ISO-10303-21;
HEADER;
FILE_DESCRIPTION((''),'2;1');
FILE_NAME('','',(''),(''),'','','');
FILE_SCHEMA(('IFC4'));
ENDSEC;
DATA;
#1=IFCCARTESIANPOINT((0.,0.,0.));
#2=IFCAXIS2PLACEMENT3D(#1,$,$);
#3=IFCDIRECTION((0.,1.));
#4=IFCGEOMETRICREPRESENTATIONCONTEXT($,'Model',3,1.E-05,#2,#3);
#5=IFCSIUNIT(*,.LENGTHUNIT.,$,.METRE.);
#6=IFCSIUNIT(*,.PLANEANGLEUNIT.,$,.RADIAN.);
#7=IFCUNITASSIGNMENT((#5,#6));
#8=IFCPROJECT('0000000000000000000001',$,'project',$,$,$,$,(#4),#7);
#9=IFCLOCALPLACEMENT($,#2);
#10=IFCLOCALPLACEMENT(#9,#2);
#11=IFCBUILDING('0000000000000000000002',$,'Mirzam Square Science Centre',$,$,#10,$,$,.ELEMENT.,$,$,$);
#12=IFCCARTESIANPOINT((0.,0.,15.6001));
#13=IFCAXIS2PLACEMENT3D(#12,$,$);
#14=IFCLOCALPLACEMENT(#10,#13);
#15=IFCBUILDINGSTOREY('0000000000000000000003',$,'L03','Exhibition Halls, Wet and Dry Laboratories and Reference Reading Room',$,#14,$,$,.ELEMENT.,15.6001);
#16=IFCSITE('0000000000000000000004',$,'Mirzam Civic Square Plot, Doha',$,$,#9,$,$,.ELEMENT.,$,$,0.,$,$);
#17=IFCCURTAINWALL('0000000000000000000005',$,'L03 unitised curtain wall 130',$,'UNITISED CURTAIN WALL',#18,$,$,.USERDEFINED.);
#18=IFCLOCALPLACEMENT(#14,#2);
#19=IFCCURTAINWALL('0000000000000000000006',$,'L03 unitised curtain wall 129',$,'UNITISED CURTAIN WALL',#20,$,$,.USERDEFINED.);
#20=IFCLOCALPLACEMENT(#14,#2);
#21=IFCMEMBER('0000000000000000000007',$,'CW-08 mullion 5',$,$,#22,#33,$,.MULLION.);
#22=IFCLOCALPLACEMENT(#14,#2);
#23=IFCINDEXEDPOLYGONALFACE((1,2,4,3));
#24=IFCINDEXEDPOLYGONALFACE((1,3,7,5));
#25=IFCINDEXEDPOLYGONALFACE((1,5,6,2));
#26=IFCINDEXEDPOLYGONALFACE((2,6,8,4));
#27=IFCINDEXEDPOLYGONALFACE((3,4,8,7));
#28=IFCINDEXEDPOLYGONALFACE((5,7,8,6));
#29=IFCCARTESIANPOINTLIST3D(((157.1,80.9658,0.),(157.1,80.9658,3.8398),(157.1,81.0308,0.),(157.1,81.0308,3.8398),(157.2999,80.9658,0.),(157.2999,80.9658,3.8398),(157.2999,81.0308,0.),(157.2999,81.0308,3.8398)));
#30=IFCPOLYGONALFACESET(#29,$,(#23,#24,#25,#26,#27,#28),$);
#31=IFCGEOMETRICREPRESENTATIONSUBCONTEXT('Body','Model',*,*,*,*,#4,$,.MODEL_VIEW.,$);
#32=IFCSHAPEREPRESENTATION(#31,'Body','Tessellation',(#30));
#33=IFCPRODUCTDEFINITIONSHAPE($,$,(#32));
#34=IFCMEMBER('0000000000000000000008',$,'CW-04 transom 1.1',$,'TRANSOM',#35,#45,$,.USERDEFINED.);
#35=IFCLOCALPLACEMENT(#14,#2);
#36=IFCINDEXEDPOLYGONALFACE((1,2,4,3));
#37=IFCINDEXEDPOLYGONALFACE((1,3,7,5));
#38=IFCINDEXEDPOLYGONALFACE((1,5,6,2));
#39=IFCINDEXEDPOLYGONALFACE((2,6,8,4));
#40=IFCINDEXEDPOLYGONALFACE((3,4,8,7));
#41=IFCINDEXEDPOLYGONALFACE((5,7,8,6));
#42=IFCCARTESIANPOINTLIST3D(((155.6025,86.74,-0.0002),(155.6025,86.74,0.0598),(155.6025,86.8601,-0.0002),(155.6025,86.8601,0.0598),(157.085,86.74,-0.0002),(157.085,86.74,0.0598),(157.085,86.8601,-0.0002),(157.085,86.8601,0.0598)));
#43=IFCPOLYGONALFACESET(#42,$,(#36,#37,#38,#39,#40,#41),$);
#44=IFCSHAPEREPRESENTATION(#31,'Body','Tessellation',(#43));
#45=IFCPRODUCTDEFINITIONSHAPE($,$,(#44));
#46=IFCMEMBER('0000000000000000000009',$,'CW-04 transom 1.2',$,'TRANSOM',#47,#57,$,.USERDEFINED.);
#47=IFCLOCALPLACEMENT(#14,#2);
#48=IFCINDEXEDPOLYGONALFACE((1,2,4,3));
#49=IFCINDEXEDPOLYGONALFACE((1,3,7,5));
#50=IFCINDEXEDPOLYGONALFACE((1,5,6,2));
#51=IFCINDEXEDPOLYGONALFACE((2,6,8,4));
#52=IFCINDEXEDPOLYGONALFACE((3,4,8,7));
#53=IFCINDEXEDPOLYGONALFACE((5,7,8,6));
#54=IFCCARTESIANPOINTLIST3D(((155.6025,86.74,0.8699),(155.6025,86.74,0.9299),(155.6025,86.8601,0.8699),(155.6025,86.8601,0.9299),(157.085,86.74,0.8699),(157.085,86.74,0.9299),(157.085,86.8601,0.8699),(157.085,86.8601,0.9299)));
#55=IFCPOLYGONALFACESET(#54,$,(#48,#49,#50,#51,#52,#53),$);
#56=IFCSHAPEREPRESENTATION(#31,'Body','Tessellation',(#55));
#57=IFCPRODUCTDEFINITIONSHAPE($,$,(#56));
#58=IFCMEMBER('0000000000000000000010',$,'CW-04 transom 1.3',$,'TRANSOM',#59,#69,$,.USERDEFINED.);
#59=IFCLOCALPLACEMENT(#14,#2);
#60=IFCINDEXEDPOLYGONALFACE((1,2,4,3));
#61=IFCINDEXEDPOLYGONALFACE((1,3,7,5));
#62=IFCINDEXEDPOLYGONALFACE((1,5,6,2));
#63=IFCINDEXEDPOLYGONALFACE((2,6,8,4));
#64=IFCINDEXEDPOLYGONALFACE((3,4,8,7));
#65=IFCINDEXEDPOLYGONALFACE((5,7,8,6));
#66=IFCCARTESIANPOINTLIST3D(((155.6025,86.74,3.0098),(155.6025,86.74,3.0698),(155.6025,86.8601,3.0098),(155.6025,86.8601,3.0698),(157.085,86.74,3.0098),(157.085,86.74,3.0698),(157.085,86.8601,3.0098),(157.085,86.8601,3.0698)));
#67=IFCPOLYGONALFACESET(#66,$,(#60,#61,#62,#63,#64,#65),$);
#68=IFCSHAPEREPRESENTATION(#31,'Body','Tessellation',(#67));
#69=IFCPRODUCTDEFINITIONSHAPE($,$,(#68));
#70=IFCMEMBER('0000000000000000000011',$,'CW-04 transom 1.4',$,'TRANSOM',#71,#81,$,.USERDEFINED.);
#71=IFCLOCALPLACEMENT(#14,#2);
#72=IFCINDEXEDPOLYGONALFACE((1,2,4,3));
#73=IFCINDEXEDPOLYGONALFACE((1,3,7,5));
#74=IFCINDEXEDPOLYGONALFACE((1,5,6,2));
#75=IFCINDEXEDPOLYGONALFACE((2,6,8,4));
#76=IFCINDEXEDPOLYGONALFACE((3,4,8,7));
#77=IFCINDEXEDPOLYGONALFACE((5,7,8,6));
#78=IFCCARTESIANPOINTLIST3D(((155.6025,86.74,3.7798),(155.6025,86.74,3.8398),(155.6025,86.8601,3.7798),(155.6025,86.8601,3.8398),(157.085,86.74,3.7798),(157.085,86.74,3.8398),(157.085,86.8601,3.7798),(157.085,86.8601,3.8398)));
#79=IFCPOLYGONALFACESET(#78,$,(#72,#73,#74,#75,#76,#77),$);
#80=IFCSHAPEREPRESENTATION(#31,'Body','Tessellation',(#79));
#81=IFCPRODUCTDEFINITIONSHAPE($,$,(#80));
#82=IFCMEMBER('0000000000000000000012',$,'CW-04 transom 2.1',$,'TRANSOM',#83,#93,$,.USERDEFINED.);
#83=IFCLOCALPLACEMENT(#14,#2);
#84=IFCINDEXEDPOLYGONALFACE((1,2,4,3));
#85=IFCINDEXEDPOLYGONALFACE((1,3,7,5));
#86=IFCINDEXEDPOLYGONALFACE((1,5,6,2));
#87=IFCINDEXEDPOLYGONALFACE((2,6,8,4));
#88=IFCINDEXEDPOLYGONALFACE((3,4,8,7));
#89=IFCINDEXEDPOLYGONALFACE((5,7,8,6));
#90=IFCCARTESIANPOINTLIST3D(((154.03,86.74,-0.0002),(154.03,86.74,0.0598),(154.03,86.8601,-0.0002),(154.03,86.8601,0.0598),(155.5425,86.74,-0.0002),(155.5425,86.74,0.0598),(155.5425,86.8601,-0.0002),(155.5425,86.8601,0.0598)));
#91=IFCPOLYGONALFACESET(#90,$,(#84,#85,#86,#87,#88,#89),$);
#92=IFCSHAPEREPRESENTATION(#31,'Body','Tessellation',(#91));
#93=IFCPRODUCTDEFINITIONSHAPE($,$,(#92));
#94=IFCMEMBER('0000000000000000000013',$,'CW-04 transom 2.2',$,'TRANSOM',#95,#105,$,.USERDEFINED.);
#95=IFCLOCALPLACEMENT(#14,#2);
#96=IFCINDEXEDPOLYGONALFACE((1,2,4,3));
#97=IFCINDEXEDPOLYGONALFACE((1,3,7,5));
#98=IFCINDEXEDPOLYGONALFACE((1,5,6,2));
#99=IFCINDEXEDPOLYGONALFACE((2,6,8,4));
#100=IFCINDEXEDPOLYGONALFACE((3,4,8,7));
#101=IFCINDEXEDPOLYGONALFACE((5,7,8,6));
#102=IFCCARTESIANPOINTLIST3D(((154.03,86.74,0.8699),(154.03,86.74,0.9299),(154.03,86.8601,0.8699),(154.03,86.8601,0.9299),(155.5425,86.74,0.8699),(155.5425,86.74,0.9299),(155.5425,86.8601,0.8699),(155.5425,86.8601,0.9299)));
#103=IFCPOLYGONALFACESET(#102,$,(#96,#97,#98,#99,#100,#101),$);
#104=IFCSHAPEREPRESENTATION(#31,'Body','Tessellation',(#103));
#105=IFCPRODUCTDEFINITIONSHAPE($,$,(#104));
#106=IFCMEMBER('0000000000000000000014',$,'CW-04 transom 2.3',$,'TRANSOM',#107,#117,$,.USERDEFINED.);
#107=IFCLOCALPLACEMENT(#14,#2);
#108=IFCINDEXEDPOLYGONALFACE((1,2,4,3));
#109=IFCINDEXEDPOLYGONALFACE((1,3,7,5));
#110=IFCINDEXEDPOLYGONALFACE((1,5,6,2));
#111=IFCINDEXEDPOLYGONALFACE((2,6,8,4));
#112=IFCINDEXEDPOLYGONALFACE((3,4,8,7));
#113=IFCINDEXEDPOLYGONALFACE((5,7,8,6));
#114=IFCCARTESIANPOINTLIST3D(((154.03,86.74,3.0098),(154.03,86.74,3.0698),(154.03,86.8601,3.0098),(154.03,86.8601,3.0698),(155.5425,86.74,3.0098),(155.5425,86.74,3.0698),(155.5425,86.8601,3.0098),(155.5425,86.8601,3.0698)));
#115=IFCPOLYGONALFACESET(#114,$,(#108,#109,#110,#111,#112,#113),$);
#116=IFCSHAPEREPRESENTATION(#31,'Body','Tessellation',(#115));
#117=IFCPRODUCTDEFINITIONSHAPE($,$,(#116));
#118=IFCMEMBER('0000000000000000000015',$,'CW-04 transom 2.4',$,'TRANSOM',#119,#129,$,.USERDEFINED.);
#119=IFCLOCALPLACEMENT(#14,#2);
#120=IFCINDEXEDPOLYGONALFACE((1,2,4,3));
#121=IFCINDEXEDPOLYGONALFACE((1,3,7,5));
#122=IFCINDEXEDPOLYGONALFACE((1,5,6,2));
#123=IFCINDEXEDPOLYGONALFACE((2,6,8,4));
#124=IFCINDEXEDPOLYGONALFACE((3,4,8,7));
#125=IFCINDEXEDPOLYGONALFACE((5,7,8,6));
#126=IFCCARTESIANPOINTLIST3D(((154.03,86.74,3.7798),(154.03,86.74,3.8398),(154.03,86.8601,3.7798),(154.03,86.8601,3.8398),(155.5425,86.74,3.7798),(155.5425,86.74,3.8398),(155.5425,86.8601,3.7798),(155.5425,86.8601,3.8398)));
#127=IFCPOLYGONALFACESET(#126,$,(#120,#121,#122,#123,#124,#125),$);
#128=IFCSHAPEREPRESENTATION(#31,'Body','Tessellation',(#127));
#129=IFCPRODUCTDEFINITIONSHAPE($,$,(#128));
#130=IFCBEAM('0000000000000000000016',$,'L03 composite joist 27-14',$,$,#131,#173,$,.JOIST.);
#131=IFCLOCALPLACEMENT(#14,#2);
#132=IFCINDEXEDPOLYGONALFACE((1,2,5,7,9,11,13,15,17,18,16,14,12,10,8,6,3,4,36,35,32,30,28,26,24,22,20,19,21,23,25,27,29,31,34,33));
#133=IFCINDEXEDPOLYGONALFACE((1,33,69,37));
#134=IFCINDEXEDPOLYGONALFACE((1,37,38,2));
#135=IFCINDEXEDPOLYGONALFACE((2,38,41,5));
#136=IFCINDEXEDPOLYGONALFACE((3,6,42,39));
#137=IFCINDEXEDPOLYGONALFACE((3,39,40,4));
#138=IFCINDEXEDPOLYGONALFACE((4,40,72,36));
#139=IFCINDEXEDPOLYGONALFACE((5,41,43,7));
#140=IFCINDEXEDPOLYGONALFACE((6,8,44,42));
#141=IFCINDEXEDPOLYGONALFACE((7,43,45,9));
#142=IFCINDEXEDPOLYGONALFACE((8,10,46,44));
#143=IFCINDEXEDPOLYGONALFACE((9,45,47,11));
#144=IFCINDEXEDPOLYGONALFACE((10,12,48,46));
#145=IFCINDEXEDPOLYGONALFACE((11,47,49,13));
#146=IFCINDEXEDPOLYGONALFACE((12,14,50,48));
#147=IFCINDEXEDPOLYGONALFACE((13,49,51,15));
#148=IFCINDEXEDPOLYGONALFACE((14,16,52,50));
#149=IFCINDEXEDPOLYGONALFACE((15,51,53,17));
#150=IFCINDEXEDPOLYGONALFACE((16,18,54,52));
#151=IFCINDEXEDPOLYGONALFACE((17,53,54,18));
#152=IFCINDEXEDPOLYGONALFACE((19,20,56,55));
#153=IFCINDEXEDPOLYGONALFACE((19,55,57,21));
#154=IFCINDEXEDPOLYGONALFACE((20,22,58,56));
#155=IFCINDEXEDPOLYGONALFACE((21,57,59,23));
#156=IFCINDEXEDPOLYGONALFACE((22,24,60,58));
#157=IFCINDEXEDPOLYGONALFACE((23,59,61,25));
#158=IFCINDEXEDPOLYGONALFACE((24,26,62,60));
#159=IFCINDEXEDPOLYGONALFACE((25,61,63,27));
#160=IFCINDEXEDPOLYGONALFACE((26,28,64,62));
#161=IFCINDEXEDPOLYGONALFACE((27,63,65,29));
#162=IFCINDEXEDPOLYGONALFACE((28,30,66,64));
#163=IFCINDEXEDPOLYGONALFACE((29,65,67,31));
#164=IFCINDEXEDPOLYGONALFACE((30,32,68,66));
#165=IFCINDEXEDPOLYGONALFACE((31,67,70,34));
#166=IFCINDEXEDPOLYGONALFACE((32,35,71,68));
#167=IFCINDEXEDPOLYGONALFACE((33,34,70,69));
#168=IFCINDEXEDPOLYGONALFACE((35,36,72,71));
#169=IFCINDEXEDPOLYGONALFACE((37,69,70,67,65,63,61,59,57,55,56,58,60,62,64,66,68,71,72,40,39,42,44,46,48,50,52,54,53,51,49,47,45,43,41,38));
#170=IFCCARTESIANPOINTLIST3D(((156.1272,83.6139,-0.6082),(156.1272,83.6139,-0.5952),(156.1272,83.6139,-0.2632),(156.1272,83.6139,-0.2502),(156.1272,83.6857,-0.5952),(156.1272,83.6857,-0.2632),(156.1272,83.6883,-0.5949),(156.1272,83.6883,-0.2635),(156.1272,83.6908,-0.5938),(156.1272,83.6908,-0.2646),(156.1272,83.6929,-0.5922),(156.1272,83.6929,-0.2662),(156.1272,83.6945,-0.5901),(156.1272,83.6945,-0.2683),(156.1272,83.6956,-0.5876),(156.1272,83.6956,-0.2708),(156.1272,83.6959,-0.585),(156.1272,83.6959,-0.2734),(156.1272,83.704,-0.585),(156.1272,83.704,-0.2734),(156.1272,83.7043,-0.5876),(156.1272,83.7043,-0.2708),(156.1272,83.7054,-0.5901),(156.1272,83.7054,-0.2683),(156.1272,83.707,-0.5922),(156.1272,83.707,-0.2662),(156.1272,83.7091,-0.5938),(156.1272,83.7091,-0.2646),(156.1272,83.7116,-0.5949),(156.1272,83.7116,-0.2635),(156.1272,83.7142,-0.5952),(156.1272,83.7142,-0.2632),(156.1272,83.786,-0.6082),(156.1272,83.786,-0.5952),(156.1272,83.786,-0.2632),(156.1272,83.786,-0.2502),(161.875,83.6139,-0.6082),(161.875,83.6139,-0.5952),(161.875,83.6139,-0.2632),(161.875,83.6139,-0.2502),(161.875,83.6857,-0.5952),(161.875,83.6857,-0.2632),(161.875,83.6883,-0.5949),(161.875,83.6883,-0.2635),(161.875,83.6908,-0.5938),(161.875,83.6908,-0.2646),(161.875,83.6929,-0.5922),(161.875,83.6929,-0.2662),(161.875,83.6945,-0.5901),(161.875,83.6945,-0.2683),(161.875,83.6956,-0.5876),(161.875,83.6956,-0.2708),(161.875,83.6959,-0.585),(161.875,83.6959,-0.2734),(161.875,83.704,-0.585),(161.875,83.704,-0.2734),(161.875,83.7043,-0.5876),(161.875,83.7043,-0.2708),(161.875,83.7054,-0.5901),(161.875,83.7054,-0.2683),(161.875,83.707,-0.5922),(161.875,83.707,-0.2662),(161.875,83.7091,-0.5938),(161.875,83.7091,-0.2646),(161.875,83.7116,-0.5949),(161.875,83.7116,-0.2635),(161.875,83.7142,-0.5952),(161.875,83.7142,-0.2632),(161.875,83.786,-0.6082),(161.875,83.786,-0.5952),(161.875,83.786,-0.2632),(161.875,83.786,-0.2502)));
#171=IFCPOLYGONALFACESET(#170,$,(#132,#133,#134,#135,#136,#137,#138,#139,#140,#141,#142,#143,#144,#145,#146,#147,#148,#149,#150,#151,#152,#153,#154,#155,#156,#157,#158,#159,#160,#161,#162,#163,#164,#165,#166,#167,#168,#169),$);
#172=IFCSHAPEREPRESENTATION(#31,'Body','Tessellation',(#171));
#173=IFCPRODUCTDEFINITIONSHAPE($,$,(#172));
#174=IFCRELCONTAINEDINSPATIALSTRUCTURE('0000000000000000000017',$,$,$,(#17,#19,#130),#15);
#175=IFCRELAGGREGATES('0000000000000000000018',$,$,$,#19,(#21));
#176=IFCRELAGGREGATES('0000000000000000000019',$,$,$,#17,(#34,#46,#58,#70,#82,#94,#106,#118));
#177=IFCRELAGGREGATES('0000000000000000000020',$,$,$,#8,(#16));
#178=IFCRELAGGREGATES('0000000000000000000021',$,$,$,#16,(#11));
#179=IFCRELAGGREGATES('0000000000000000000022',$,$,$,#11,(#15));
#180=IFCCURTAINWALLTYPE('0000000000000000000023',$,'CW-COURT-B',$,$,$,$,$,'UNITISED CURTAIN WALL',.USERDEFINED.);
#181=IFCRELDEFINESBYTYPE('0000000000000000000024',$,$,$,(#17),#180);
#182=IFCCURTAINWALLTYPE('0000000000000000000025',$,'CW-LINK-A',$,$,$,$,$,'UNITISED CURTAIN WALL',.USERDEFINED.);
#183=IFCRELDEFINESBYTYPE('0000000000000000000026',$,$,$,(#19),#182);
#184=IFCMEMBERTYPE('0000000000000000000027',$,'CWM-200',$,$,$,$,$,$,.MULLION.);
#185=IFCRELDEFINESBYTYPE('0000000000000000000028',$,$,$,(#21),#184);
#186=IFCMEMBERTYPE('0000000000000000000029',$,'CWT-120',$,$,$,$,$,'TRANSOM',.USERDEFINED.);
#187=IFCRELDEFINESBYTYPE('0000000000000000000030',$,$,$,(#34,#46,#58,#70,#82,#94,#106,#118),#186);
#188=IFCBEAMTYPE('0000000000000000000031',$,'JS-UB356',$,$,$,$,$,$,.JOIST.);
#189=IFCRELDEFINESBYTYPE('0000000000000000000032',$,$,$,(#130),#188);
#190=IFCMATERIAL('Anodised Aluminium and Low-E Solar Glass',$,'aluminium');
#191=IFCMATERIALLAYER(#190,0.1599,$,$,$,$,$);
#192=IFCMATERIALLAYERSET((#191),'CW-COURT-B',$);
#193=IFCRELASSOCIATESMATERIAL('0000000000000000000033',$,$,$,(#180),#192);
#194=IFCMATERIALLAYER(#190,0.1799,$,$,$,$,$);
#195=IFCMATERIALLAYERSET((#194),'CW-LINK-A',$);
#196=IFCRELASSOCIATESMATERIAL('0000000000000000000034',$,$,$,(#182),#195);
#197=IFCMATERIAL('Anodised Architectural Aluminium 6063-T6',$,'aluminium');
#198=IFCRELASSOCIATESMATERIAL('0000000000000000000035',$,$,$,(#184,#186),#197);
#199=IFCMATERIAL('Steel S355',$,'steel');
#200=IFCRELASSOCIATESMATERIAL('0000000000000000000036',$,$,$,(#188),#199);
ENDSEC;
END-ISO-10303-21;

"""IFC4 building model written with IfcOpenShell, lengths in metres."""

from ifc_helpers import new_model, si_unit, direction, frame, origin, origin_2d, place, context, subcontext, project, spatial, rectangle, i_section, extrude, material, layer, layer_set, material_profile, profile_set, type_object, element, aggregate, save


model = new_model("IFC4")

# Units and contexts
model_context = context("Model", 3, precision=1e-05, world=origin(), true_north=direction((0.0, 1.0)))
body_context = subcontext(model_context, "Body", "Model", "MODEL_VIEW")
ifc_project = project(units=[si_unit("LENGTHUNIT", "METRE"), si_unit("PLANEANGLEUNIT", "RADIAN")], contexts=[model_context])

# Site, building, storey
site_placement = place(None, origin())
site = spatial("IfcSite", under=ifc_project, at=site_placement, Name="Mirzam Civic Square Plot, Doha", CompositionType="ELEMENT", RefElevation=0.0)
building_placement = place(site_placement, origin())
building = spatial("IfcBuilding", under=site, at=building_placement, Name="Mirzam Square Science Centre", CompositionType="ELEMENT")
storey_placement = place(building_placement, frame((0.0, 0.0, 15.6001)))
storey = spatial("IfcBuildingStorey", under=building, at=storey_placement, Name="L03", Description="Exhibition Halls, Wet and Dry Laboratories and Reference Reading Room", CompositionType="ELEMENT", Elevation=15.6001)

# Shared definitions
ifc_material_1 = material(Name="Steel S355", Category="steel")

# Curtain wall
ifc_material_2 = material(Name="Anodised Aluminium and Low-E Solar Glass", Category="aluminium")
ifc_layer_1 = layer(ifc_material_2, 0.1599)
ifc_layer_set_1 = layer_set([ifc_layer_1], Name="CW-COURT-B")
curtain_wall_type_1 = type_object("IfcCurtainWallType", Name="CW-COURT-B", ElementType="UNITISED CURTAIN WALL", PredefinedType="USERDEFINED", material=ifc_layer_set_1)
curtain_wall_1_placement = place(storey_placement, origin())
curtain_wall_1 = element("IfcCurtainWall", 1, at=curtain_wall_1_placement, inside=storey, type_object=curtain_wall_type_1, Name="L03 unitised curtain wall 130", ObjectType="UNITISED CURTAIN WALL", PredefinedType="USERDEFINED")
ifc_material_3 = material(Name="Anodised Architectural Aluminium 6063-T6", Category="aluminium")

# Curtain wall, member
ifc_layer_2 = layer(ifc_material_2, 0.1799)
ifc_layer_set_2 = layer_set([ifc_layer_2], Name="CW-LINK-A")
curtain_wall_type_2 = type_object("IfcCurtainWallType", Name="CW-LINK-A", ElementType="UNITISED CURTAIN WALL", PredefinedType="USERDEFINED", material=ifc_layer_set_2)
curtain_wall_2_placement = place(storey_placement, origin())
curtain_wall_2 = element("IfcCurtainWall", 2, at=curtain_wall_2_placement, inside=storey, type_object=curtain_wall_type_2, Name="L03 unitised curtain wall 129", ObjectType="UNITISED CURTAIN WALL", PredefinedType="USERDEFINED")
ifc_material_profile_1 = material_profile(ifc_material_3, rectangle(XDim=0.0649, YDim=0.2, at=origin_2d()), Name="ALU-MULL-200x65x5")
ifc_profile_set_1 = profile_set([ifc_material_profile_1], Name="Anodised Architectural Aluminium 6063-T6")
member_type_1 = type_object("IfcMemberType", Name="CWM-200", PredefinedType="MULLION", material=ifc_profile_set_1)
member_1_placement = place(storey_placement, frame((157.2, 80.9983, 0.0), z_axis=(0.0, 0.0, 1.0), x_axis=(0.0, 1.0, 0.0)))
member_1 = element("IfcMember", 3, at=member_1_placement, type_object=member_type_1, Name="CW-08 mullion 5", PredefinedType="MULLION", context=body_context, shape_type="SweptSolid", body=[
    extrude(rectangle(XDim=0.0649, YDim=0.2, at=origin_2d()), origin(), (0.0, 0.0, 1.0), 3.8398),
])
aggregate(curtain_wall_2, [member_1])

# Members
ifc_material_profile_2 = material_profile(ifc_material_3, rectangle(XDim=0.1201, YDim=0.0601, at=origin_2d()), Name="ALU-TRAN-120x60x4")
ifc_profile_set_2 = profile_set([ifc_material_profile_2], Name="Anodised Architectural Aluminium 6063-T6")
member_type_2 = type_object("IfcMemberType", Name="CWT-120", ElementType="TRANSOM", PredefinedType="USERDEFINED", material=ifc_profile_set_2)
member_2_placement = place(storey_placement, frame((157.085, 86.8, 0.0298), z_axis=(-1.0, 0.0, 0.0), x_axis=(0.0, -1.0, 0.0)))
member_2 = element("IfcMember", 4, at=member_2_placement, type_object=member_type_2, Name="CW-04 transom 1.1", ObjectType="TRANSOM", PredefinedType="USERDEFINED", context=body_context, shape_type="SweptSolid", body=[
    extrude(rectangle(XDim=0.1201, YDim=0.0601, at=origin_2d()), origin(), (0.0, 0.0, 1.0), 1.4824),
])
member_3_placement = place(storey_placement, frame((157.085, 86.8, 0.8999), z_axis=(-1.0, 0.0, 0.0), x_axis=(0.0, -1.0, 0.0)))
member_3 = element("IfcMember", 5, at=member_3_placement, type_object=member_type_2, Name="CW-04 transom 1.2", ObjectType="TRANSOM", PredefinedType="USERDEFINED", context=body_context, shape_type="SweptSolid", body=[
    extrude(rectangle(XDim=0.1201, YDim=0.0601, at=origin_2d()), origin(), (0.0, 0.0, 1.0), 1.4824),
])
member_4_placement = place(storey_placement, frame((157.085, 86.8, 3.0398), z_axis=(-1.0, 0.0, 0.0), x_axis=(0.0, -1.0, 0.0)))
member_4 = element("IfcMember", 6, at=member_4_placement, type_object=member_type_2, Name="CW-04 transom 1.3", ObjectType="TRANSOM", PredefinedType="USERDEFINED", context=body_context, shape_type="SweptSolid", body=[
    extrude(rectangle(XDim=0.1201, YDim=0.0601, at=origin_2d()), origin(), (0.0, 0.0, 1.0), 1.4824),
])
member_5_placement = place(storey_placement, frame((157.085, 86.8, 3.8098), z_axis=(-1.0, 0.0, 0.0), x_axis=(0.0, -1.0, 0.0)))
member_5 = element("IfcMember", 7, at=member_5_placement, type_object=member_type_2, Name="CW-04 transom 1.4", ObjectType="TRANSOM", PredefinedType="USERDEFINED", context=body_context, shape_type="SweptSolid", body=[
    extrude(rectangle(XDim=0.1201, YDim=0.0601, at=origin_2d()), origin(), (0.0, 0.0, 1.0), 1.4824),
])
member_6_placement = place(storey_placement, frame((155.5425, 86.8, 0.0298), z_axis=(-1.0, 0.0, 0.0), x_axis=(0.0, -1.0, 0.0)))
member_6 = element("IfcMember", 8, at=member_6_placement, type_object=member_type_2, Name="CW-04 transom 2.1", ObjectType="TRANSOM", PredefinedType="USERDEFINED", context=body_context, shape_type="SweptSolid", body=[
    extrude(rectangle(XDim=0.1201, YDim=0.0601, at=origin_2d()), origin(), (0.0, 0.0, 1.0), 1.5125),
])
member_7_placement = place(storey_placement, frame((155.5425, 86.8, 0.8999), z_axis=(-1.0, 0.0, 0.0), x_axis=(0.0, -1.0, 0.0)))
member_7 = element("IfcMember", 9, at=member_7_placement, type_object=member_type_2, Name="CW-04 transom 2.2", ObjectType="TRANSOM", PredefinedType="USERDEFINED", context=body_context, shape_type="SweptSolid", body=[
    extrude(rectangle(XDim=0.1201, YDim=0.0601, at=origin_2d()), origin(), (0.0, 0.0, 1.0), 1.5125),
])
member_8_placement = place(storey_placement, frame((155.5425, 86.8, 3.0398), z_axis=(-1.0, 0.0, 0.0), x_axis=(0.0, -1.0, 0.0)))
member_8 = element("IfcMember", 10, at=member_8_placement, type_object=member_type_2, Name="CW-04 transom 2.3", ObjectType="TRANSOM", PredefinedType="USERDEFINED", context=body_context, shape_type="SweptSolid", body=[
    extrude(rectangle(XDim=0.1201, YDim=0.0601, at=origin_2d()), origin(), (0.0, 0.0, 1.0), 1.5125),
])
member_9_placement = place(storey_placement, frame((155.5425, 86.8, 3.8098), z_axis=(-1.0, 0.0, 0.0), x_axis=(0.0, -1.0, 0.0)))
member_9 = element("IfcMember", 11, at=member_9_placement, type_object=member_type_2, Name="CW-04 transom 2.4", ObjectType="TRANSOM", PredefinedType="USERDEFINED", context=body_context, shape_type="SweptSolid", body=[
    extrude(rectangle(XDim=0.1201, YDim=0.0601, at=origin_2d()), origin(), (0.0, 0.0, 1.0), 1.5125),
])

# Beam
ifc_material_profile_3 = material_profile(ifc_material_1, i_section(OverallWidth=0.1721, OverallDepth=0.3579, WebThickness=0.0081, FlangeThickness=0.0129, FilletRadius=0.0103, at=origin_2d()), Name="356x171x57UB")
ifc_profile_set_3 = profile_set([ifc_material_profile_3], Name="Steel S355")
beam_type_1 = type_object("IfcBeamType", Name="JS-UB356", PredefinedType="JOIST", material=ifc_profile_set_3)
beam_1_placement = place(storey_placement, frame((156.1272, 83.7, -0.4292), z_axis=(1.0, 0.0, 0.0), x_axis=(0.0, 1.0, 0.0)))
element("IfcBeam", 12, at=beam_1_placement, inside=storey, type_object=beam_type_1, Name="L03 composite joist 27-14", PredefinedType="JOIST", context=body_context, shape_type="SweptSolid", body=[
    extrude(i_section(OverallWidth=0.1721, OverallDepth=0.3579, WebThickness=0.0081, FlangeThickness=0.0129, FilletRadius=0.0103, at=origin_2d()), origin(), (0.0, 0.0, 1.0), 5.7478),
])

aggregate(curtain_wall_1, [member_2, member_3, member_4, member_5, member_6, member_7, member_8, member_9])

save(model, "model.ifc")
